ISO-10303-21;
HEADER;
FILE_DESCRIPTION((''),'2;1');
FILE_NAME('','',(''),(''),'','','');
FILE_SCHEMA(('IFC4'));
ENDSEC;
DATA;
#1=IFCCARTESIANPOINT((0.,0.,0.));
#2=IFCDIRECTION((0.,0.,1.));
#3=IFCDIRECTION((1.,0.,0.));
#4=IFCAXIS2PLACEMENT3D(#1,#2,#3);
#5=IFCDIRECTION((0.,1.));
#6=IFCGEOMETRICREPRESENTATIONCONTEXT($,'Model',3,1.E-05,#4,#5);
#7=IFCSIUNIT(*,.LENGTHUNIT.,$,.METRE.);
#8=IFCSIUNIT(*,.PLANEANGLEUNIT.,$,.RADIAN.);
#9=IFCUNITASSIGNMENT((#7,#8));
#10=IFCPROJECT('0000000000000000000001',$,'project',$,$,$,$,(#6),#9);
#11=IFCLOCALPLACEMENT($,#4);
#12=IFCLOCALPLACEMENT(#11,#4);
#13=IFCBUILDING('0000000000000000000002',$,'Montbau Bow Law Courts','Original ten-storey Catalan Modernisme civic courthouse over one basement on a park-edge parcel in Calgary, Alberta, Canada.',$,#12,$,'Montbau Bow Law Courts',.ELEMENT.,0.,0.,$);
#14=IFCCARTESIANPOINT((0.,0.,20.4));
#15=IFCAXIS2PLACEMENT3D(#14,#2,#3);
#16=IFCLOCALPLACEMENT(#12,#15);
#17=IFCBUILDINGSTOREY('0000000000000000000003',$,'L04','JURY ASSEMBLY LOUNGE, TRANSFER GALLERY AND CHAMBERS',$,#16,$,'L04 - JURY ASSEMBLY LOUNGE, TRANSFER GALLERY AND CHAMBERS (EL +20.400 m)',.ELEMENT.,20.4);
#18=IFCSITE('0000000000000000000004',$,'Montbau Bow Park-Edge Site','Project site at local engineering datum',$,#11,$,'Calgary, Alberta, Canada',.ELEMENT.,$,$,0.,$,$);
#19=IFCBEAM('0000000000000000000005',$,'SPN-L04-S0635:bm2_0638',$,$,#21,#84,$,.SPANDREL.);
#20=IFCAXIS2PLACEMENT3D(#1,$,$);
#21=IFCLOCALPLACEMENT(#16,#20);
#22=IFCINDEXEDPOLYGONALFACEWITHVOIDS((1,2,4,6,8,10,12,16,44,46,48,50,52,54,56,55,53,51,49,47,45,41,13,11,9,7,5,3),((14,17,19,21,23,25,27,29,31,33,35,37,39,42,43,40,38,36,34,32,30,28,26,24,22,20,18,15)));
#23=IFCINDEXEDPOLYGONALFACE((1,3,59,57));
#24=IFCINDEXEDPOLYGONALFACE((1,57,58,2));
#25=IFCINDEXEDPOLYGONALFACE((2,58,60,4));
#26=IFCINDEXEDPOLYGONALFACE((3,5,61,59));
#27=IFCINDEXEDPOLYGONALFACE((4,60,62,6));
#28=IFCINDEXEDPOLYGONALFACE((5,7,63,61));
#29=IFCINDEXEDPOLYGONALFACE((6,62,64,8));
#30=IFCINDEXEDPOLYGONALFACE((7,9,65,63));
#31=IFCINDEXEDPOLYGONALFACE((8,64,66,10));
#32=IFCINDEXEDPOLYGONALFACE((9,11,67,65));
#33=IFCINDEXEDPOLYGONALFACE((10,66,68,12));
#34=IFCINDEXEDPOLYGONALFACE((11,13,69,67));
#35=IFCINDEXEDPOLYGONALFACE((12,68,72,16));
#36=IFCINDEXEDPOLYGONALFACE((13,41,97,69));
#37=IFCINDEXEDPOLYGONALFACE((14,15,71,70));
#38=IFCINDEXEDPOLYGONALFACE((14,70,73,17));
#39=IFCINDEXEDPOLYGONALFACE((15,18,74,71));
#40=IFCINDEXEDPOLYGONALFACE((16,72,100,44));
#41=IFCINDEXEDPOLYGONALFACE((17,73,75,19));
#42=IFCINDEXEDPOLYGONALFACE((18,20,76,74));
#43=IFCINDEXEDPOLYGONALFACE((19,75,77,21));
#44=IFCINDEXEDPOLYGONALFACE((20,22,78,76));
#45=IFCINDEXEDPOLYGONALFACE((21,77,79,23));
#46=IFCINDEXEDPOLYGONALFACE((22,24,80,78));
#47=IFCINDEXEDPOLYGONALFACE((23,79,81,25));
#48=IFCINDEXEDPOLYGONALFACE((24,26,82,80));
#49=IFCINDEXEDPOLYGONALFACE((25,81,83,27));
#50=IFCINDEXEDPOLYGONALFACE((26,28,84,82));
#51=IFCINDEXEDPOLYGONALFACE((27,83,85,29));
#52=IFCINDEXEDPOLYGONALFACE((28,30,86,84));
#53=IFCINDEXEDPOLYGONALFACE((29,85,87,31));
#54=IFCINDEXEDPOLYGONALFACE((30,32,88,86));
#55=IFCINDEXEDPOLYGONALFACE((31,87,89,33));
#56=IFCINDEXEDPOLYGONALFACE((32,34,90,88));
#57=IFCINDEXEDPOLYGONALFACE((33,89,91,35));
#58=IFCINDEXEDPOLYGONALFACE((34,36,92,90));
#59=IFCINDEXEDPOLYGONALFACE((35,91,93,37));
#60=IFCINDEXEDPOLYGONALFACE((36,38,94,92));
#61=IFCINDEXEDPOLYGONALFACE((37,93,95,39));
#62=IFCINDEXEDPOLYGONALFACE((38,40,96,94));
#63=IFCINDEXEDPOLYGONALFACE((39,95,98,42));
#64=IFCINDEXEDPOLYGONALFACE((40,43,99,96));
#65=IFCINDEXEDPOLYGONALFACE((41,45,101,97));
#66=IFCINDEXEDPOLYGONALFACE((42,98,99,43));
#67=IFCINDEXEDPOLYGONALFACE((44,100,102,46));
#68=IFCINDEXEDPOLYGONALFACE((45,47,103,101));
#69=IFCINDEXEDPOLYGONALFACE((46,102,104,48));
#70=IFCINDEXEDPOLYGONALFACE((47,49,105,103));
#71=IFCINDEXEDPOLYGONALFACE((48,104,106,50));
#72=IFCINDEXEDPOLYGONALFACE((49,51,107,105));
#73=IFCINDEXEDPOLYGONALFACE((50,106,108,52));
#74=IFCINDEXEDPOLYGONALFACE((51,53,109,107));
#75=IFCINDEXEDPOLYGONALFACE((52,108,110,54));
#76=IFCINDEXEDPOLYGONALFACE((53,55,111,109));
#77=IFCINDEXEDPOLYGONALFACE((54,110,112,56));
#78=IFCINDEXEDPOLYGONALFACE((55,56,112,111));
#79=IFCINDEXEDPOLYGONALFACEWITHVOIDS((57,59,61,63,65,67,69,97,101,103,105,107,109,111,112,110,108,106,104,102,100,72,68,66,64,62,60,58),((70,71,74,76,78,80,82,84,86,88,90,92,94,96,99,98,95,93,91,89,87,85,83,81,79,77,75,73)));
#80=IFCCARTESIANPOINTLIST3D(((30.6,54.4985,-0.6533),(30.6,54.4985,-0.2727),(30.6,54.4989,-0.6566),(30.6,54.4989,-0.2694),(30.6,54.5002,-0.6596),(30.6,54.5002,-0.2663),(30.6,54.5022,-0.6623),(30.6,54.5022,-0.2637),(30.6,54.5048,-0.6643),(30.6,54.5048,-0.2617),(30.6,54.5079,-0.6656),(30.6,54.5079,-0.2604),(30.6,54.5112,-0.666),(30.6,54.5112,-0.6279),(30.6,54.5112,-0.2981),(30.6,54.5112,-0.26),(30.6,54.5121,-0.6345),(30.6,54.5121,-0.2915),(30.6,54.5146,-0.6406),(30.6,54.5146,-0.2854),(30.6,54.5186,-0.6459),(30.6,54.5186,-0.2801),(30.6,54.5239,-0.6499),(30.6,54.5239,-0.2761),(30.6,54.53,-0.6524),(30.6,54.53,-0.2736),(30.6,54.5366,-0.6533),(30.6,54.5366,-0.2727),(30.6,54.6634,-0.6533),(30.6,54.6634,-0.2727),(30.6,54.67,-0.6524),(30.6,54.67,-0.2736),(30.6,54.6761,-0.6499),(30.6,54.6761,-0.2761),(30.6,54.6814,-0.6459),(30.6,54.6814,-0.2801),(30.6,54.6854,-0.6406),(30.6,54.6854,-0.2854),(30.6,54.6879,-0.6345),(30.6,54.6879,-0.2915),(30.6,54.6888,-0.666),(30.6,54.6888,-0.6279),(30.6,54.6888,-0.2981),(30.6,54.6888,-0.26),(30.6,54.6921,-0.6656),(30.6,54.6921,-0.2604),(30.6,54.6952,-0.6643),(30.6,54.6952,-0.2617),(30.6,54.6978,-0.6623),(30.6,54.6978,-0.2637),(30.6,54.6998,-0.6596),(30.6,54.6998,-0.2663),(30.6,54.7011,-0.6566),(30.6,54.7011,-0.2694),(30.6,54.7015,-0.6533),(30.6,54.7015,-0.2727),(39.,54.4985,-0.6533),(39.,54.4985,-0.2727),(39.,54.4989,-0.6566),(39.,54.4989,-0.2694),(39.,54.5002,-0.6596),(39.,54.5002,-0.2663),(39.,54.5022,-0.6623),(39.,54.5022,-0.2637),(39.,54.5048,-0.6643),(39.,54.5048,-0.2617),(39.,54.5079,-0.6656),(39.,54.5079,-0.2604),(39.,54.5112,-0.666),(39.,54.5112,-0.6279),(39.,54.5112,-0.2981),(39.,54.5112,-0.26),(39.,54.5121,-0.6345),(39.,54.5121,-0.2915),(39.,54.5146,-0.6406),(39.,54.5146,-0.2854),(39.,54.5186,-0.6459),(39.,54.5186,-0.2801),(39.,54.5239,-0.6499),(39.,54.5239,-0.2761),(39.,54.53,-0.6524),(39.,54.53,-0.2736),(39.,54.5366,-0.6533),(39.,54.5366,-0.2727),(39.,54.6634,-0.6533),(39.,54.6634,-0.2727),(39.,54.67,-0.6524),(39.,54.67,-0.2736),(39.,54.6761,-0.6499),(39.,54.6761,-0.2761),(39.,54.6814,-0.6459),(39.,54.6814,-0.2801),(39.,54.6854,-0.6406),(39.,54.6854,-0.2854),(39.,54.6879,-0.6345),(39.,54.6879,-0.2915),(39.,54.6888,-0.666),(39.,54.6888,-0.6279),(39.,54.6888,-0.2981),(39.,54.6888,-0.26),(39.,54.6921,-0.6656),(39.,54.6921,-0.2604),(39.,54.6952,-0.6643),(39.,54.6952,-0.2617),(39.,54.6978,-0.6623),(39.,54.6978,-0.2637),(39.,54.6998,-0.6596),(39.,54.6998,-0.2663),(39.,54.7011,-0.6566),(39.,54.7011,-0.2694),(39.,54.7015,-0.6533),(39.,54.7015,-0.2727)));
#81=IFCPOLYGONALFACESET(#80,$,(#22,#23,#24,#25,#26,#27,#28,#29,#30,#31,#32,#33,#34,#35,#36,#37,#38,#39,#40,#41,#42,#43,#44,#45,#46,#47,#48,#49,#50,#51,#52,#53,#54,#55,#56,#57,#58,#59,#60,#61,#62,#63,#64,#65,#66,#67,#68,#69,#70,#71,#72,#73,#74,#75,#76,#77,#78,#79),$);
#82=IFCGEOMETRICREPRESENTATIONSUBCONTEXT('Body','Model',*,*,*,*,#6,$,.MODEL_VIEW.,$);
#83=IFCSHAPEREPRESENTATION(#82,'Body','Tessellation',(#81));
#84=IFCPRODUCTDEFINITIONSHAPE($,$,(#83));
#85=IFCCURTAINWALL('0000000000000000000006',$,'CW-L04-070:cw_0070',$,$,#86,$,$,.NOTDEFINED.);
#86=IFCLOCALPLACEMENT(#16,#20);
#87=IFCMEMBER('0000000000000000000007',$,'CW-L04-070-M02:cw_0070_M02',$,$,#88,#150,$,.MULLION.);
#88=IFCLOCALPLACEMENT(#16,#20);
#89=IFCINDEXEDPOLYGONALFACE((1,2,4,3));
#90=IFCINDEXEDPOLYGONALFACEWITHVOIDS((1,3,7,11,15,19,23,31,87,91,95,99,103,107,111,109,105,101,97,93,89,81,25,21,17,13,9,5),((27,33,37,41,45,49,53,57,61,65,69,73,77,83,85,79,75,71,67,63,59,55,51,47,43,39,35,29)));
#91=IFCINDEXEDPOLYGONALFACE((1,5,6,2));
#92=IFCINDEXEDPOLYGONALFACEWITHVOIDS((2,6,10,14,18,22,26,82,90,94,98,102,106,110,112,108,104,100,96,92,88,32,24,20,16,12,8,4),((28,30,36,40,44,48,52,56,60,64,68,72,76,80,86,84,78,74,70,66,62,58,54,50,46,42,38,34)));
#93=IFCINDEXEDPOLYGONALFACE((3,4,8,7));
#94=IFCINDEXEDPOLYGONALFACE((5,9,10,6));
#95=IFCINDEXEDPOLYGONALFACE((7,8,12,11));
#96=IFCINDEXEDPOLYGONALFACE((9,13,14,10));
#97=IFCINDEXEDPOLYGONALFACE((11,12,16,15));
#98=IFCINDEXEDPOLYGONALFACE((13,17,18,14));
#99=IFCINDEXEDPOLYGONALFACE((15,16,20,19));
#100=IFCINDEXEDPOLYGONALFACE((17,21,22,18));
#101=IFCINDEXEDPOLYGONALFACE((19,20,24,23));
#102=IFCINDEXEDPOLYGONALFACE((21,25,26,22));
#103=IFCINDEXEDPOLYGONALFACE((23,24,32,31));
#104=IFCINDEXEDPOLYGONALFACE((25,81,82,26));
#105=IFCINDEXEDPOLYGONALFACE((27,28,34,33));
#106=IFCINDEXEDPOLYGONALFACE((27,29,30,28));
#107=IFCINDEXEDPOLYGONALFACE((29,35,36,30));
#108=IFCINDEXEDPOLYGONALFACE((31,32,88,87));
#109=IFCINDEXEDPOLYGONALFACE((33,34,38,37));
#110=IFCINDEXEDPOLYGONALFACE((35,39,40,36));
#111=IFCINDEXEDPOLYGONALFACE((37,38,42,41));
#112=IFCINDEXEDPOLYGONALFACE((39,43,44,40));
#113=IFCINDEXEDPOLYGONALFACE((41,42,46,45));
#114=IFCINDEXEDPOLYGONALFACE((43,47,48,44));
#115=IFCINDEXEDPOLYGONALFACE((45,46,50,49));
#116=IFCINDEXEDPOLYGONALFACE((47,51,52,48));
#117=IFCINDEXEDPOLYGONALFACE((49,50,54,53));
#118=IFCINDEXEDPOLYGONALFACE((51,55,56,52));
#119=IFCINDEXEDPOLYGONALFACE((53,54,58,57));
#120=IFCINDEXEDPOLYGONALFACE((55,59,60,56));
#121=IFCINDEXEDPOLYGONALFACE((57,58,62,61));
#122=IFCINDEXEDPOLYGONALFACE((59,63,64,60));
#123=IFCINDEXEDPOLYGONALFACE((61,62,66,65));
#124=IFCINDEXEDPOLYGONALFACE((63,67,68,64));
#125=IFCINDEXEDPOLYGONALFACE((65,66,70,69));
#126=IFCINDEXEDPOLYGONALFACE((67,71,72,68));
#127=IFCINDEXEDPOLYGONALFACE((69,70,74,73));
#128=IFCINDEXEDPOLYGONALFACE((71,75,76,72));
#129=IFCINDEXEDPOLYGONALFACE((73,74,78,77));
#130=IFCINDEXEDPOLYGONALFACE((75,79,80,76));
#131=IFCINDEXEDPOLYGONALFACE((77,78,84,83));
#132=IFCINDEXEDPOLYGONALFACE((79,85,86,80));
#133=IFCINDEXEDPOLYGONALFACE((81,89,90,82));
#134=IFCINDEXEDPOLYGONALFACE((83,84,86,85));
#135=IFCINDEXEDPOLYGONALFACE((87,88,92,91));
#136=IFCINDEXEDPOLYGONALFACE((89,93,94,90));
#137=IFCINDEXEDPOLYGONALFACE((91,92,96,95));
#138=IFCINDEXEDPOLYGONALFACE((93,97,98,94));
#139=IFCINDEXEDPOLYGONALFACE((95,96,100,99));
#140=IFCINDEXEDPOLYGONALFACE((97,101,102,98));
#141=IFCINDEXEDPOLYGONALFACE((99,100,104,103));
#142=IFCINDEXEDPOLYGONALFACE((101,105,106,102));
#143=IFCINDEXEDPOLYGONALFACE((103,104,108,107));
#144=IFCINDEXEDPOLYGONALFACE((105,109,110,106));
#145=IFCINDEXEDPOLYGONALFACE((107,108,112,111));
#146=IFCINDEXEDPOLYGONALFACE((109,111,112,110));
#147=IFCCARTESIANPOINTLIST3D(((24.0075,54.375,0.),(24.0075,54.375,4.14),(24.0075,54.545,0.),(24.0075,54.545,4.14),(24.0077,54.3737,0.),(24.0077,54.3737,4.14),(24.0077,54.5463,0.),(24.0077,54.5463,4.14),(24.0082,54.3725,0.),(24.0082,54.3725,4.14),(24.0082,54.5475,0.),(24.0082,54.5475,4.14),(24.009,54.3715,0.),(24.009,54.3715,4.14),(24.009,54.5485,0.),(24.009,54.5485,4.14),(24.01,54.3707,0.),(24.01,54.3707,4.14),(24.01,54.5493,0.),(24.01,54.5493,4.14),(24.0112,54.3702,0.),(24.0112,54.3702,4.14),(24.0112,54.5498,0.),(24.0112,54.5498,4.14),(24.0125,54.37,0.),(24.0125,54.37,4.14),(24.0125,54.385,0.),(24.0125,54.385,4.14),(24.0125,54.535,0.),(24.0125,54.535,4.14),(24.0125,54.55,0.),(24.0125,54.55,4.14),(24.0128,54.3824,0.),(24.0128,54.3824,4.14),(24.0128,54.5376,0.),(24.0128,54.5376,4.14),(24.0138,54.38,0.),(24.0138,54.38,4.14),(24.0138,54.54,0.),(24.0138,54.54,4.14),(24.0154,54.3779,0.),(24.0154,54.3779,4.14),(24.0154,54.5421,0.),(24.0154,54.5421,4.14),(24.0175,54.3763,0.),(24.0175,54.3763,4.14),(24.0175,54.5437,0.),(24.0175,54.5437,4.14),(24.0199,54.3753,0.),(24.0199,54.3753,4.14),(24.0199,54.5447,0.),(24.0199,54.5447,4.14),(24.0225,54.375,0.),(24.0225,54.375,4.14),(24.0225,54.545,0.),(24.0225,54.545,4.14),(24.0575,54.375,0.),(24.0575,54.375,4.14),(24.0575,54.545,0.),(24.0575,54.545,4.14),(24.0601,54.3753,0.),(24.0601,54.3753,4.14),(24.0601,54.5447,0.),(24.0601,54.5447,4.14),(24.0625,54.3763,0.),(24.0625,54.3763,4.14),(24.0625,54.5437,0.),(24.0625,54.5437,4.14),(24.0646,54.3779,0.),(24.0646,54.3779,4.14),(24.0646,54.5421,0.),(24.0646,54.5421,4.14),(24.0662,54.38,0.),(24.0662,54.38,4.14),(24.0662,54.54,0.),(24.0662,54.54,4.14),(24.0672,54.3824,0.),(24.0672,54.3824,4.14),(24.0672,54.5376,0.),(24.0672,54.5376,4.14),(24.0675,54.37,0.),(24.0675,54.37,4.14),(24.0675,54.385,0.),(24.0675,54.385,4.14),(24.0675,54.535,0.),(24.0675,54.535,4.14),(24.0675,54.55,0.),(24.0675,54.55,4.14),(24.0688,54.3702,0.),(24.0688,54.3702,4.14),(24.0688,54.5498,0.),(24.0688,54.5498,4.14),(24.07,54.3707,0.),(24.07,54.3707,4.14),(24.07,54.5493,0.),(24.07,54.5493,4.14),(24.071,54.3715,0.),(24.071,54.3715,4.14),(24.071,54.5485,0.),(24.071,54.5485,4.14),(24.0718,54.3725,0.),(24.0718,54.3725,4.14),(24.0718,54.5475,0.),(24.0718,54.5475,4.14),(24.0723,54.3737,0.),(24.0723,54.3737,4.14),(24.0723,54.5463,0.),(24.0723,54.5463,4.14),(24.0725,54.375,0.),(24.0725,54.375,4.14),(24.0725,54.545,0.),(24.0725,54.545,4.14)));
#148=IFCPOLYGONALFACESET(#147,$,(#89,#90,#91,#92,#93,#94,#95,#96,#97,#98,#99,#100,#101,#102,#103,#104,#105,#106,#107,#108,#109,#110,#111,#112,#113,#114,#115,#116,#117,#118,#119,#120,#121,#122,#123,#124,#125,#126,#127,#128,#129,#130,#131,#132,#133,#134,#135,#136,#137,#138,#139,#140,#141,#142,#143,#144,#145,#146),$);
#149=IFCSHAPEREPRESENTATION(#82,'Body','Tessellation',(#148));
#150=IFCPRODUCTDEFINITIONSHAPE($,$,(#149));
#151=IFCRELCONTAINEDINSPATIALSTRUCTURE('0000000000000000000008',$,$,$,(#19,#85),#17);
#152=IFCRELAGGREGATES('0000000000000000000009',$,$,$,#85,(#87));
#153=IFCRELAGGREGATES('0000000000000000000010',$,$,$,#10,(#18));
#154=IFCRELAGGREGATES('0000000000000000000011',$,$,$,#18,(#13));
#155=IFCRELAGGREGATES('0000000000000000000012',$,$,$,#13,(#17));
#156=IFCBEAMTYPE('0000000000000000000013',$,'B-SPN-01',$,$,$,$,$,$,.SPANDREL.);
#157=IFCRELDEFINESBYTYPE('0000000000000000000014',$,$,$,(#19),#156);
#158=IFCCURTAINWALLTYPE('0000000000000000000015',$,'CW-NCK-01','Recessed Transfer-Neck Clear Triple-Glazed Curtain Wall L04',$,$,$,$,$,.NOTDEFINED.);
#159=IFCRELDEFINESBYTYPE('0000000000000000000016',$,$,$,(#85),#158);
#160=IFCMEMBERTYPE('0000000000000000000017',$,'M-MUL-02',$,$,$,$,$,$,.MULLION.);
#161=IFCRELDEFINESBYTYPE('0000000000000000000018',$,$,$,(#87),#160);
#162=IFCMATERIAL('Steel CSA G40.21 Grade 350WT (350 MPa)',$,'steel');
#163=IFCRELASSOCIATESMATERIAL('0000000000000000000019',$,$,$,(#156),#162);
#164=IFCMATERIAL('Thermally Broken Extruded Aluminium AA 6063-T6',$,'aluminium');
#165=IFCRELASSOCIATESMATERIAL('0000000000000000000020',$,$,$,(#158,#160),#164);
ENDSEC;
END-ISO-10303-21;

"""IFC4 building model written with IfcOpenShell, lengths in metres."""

from ifc_helpers import new_model, si_unit, direction, frame, origin_with_axes, origin_2d_with_axis, place, context, subcontext, project, spatial, hollow_rectangle, extrude, material, material_profile, profile_set, type_object, element, aggregate, save


model = new_model("IFC4")

# Units and contexts
model_context = context("Model", 3, precision=1e-05, world=origin_with_axes(), true_north=direction((0.0, 1.0)))
body_context = subcontext(model_context, "Body", "Model", "MODEL_VIEW")
ifc_project = project(units=[si_unit("LENGTHUNIT", "METRE"), si_unit("PLANEANGLEUNIT", "RADIAN")], contexts=[model_context])

# Site, building, storey
site_placement = place(None, origin_with_axes())
site = spatial("IfcSite", under=ifc_project, at=site_placement, Name="Montbau Bow Park-Edge Site", Description="Project site at local engineering datum", LongName="Calgary, Alberta, Canada", CompositionType="ELEMENT", RefElevation=0.0)
building_placement = place(site_placement, origin_with_axes())
building = spatial("IfcBuilding", under=site, at=building_placement, Name="Montbau Bow Law Courts", Description="Original ten-storey Catalan Modernisme civic courthouse over one basement on a park-edge parcel in Calgary, Alberta, Canada.", LongName="Montbau Bow Law Courts", CompositionType="ELEMENT", ElevationOfRefHeight=0.0, ElevationOfTerrain=0.0)
storey_placement = place(building_placement, frame((0.0, 0.0, 20.4), z_axis=(0.0, 0.0, 1.0), x_axis=(1.0, 0.0, 0.0)))
storey = spatial("IfcBuildingStorey", under=building, at=storey_placement, Name="L04", Description="JURY ASSEMBLY LOUNGE, TRANSFER GALLERY AND CHAMBERS", LongName="L04 - JURY ASSEMBLY LOUNGE, TRANSFER GALLERY AND CHAMBERS (EL +20.400 m)", CompositionType="ELEMENT", Elevation=20.4)

# Shared definitions
ifc_material_1 = material(Name="Steel CSA G40.21 Grade 350WT (350 MPa)", Category="steel")

# Beam
ifc_material_profile_1 = material_profile(ifc_material_1, hollow_rectangle(XDim=0.203, YDim=0.406, WallThickness=0.0127, InnerFilletRadius=0.0254, OuterFilletRadius=0.0127, at=origin_2d_with_axis()), Name="HSS406X203X13", Category="Main", Priority=0)
ifc_profile_set_1 = profile_set([ifc_material_profile_1], Name="Steel CSA G40.21 Grade 350WT (350 MPa)")
beam_type_1 = type_object("IfcBeamType", Name="B-SPN-01", PredefinedType="SPANDREL", material=ifc_profile_set_1)
beam_1_placement = place(None, frame((30.6, 54.6, 19.937), z_axis=(1.0, 0.0, 0.0), x_axis=(0.0, 1.0, 0.0)))
element("IfcBeam", 1, at=beam_1_placement, inside=storey, type_object=beam_type_1, Name="SPN-L04-S0635:bm2_0638", PredefinedType="SPANDREL", context=body_context, shape_type="SweptSolid", body=[
    extrude(hollow_rectangle(XDim=0.203, YDim=0.406, WallThickness=0.0127, InnerFilletRadius=0.0254, OuterFilletRadius=0.0127, at=origin_2d_with_axis()), origin_with_axes(), (0.0, 0.0, 1.0), 8.4),
])

# Curtain wall, member
ifc_material_2 = material(Name="Thermally Broken Extruded Aluminium AA 6063-T6", Category="aluminium")
curtain_wall_type = type_object("IfcCurtainWallType", Name="CW-NCK-01", Description="Recessed Transfer-Neck Clear Triple-Glazed Curtain Wall L04", PredefinedType="NOTDEFINED", material=ifc_material_2)
curtain_wall_placement = place(None, frame((22.467, 54.46, 20.4), z_axis=(0.0, 0.0, 1.0), x_axis=(1.0, 0.0, 0.0)))
curtain_wall = element("IfcCurtainWall", 2, at=curtain_wall_placement, inside=storey, type_object=curtain_wall_type, Name="CW-L04-070:cw_0070", PredefinedType="NOTDEFINED")
ifc_material_profile_2 = material_profile(ifc_material_2, hollow_rectangle(XDim=0.065, YDim=0.18, WallThickness=0.005, InnerFilletRadius=0.01, OuterFilletRadius=0.005, at=origin_2d_with_axis()), Name="CWM-180X65", Category="Main", Priority=0)
ifc_profile_set_2 = profile_set([ifc_material_profile_2], Name="Thermally Broken Extruded Aluminium AA 6063-T6")
member_type_1 = type_object("IfcMemberType", Name="M-MUL-02", PredefinedType="MULLION", material=ifc_profile_set_2)
member_1_placement = place(None, frame((24.04, 54.46, 20.4), z_axis=(0.0, 0.0, 1.0), x_axis=(1.0, 0.0, 0.0)))
member_1 = element("IfcMember", 3, at=member_1_placement, type_object=member_type_1, Name="CW-L04-070-M02:cw_0070_M02", PredefinedType="MULLION", context=body_context, shape_type="SweptSolid", body=[
    extrude(hollow_rectangle(XDim=0.065, YDim=0.18, WallThickness=0.005, InnerFilletRadius=0.01, OuterFilletRadius=0.005, at=origin_2d_with_axis()), origin_with_axes(), (0.0, 0.0, 1.0), 4.14),
])
aggregate(curtain_wall, [member_1])

save(model, "model.ifc")
